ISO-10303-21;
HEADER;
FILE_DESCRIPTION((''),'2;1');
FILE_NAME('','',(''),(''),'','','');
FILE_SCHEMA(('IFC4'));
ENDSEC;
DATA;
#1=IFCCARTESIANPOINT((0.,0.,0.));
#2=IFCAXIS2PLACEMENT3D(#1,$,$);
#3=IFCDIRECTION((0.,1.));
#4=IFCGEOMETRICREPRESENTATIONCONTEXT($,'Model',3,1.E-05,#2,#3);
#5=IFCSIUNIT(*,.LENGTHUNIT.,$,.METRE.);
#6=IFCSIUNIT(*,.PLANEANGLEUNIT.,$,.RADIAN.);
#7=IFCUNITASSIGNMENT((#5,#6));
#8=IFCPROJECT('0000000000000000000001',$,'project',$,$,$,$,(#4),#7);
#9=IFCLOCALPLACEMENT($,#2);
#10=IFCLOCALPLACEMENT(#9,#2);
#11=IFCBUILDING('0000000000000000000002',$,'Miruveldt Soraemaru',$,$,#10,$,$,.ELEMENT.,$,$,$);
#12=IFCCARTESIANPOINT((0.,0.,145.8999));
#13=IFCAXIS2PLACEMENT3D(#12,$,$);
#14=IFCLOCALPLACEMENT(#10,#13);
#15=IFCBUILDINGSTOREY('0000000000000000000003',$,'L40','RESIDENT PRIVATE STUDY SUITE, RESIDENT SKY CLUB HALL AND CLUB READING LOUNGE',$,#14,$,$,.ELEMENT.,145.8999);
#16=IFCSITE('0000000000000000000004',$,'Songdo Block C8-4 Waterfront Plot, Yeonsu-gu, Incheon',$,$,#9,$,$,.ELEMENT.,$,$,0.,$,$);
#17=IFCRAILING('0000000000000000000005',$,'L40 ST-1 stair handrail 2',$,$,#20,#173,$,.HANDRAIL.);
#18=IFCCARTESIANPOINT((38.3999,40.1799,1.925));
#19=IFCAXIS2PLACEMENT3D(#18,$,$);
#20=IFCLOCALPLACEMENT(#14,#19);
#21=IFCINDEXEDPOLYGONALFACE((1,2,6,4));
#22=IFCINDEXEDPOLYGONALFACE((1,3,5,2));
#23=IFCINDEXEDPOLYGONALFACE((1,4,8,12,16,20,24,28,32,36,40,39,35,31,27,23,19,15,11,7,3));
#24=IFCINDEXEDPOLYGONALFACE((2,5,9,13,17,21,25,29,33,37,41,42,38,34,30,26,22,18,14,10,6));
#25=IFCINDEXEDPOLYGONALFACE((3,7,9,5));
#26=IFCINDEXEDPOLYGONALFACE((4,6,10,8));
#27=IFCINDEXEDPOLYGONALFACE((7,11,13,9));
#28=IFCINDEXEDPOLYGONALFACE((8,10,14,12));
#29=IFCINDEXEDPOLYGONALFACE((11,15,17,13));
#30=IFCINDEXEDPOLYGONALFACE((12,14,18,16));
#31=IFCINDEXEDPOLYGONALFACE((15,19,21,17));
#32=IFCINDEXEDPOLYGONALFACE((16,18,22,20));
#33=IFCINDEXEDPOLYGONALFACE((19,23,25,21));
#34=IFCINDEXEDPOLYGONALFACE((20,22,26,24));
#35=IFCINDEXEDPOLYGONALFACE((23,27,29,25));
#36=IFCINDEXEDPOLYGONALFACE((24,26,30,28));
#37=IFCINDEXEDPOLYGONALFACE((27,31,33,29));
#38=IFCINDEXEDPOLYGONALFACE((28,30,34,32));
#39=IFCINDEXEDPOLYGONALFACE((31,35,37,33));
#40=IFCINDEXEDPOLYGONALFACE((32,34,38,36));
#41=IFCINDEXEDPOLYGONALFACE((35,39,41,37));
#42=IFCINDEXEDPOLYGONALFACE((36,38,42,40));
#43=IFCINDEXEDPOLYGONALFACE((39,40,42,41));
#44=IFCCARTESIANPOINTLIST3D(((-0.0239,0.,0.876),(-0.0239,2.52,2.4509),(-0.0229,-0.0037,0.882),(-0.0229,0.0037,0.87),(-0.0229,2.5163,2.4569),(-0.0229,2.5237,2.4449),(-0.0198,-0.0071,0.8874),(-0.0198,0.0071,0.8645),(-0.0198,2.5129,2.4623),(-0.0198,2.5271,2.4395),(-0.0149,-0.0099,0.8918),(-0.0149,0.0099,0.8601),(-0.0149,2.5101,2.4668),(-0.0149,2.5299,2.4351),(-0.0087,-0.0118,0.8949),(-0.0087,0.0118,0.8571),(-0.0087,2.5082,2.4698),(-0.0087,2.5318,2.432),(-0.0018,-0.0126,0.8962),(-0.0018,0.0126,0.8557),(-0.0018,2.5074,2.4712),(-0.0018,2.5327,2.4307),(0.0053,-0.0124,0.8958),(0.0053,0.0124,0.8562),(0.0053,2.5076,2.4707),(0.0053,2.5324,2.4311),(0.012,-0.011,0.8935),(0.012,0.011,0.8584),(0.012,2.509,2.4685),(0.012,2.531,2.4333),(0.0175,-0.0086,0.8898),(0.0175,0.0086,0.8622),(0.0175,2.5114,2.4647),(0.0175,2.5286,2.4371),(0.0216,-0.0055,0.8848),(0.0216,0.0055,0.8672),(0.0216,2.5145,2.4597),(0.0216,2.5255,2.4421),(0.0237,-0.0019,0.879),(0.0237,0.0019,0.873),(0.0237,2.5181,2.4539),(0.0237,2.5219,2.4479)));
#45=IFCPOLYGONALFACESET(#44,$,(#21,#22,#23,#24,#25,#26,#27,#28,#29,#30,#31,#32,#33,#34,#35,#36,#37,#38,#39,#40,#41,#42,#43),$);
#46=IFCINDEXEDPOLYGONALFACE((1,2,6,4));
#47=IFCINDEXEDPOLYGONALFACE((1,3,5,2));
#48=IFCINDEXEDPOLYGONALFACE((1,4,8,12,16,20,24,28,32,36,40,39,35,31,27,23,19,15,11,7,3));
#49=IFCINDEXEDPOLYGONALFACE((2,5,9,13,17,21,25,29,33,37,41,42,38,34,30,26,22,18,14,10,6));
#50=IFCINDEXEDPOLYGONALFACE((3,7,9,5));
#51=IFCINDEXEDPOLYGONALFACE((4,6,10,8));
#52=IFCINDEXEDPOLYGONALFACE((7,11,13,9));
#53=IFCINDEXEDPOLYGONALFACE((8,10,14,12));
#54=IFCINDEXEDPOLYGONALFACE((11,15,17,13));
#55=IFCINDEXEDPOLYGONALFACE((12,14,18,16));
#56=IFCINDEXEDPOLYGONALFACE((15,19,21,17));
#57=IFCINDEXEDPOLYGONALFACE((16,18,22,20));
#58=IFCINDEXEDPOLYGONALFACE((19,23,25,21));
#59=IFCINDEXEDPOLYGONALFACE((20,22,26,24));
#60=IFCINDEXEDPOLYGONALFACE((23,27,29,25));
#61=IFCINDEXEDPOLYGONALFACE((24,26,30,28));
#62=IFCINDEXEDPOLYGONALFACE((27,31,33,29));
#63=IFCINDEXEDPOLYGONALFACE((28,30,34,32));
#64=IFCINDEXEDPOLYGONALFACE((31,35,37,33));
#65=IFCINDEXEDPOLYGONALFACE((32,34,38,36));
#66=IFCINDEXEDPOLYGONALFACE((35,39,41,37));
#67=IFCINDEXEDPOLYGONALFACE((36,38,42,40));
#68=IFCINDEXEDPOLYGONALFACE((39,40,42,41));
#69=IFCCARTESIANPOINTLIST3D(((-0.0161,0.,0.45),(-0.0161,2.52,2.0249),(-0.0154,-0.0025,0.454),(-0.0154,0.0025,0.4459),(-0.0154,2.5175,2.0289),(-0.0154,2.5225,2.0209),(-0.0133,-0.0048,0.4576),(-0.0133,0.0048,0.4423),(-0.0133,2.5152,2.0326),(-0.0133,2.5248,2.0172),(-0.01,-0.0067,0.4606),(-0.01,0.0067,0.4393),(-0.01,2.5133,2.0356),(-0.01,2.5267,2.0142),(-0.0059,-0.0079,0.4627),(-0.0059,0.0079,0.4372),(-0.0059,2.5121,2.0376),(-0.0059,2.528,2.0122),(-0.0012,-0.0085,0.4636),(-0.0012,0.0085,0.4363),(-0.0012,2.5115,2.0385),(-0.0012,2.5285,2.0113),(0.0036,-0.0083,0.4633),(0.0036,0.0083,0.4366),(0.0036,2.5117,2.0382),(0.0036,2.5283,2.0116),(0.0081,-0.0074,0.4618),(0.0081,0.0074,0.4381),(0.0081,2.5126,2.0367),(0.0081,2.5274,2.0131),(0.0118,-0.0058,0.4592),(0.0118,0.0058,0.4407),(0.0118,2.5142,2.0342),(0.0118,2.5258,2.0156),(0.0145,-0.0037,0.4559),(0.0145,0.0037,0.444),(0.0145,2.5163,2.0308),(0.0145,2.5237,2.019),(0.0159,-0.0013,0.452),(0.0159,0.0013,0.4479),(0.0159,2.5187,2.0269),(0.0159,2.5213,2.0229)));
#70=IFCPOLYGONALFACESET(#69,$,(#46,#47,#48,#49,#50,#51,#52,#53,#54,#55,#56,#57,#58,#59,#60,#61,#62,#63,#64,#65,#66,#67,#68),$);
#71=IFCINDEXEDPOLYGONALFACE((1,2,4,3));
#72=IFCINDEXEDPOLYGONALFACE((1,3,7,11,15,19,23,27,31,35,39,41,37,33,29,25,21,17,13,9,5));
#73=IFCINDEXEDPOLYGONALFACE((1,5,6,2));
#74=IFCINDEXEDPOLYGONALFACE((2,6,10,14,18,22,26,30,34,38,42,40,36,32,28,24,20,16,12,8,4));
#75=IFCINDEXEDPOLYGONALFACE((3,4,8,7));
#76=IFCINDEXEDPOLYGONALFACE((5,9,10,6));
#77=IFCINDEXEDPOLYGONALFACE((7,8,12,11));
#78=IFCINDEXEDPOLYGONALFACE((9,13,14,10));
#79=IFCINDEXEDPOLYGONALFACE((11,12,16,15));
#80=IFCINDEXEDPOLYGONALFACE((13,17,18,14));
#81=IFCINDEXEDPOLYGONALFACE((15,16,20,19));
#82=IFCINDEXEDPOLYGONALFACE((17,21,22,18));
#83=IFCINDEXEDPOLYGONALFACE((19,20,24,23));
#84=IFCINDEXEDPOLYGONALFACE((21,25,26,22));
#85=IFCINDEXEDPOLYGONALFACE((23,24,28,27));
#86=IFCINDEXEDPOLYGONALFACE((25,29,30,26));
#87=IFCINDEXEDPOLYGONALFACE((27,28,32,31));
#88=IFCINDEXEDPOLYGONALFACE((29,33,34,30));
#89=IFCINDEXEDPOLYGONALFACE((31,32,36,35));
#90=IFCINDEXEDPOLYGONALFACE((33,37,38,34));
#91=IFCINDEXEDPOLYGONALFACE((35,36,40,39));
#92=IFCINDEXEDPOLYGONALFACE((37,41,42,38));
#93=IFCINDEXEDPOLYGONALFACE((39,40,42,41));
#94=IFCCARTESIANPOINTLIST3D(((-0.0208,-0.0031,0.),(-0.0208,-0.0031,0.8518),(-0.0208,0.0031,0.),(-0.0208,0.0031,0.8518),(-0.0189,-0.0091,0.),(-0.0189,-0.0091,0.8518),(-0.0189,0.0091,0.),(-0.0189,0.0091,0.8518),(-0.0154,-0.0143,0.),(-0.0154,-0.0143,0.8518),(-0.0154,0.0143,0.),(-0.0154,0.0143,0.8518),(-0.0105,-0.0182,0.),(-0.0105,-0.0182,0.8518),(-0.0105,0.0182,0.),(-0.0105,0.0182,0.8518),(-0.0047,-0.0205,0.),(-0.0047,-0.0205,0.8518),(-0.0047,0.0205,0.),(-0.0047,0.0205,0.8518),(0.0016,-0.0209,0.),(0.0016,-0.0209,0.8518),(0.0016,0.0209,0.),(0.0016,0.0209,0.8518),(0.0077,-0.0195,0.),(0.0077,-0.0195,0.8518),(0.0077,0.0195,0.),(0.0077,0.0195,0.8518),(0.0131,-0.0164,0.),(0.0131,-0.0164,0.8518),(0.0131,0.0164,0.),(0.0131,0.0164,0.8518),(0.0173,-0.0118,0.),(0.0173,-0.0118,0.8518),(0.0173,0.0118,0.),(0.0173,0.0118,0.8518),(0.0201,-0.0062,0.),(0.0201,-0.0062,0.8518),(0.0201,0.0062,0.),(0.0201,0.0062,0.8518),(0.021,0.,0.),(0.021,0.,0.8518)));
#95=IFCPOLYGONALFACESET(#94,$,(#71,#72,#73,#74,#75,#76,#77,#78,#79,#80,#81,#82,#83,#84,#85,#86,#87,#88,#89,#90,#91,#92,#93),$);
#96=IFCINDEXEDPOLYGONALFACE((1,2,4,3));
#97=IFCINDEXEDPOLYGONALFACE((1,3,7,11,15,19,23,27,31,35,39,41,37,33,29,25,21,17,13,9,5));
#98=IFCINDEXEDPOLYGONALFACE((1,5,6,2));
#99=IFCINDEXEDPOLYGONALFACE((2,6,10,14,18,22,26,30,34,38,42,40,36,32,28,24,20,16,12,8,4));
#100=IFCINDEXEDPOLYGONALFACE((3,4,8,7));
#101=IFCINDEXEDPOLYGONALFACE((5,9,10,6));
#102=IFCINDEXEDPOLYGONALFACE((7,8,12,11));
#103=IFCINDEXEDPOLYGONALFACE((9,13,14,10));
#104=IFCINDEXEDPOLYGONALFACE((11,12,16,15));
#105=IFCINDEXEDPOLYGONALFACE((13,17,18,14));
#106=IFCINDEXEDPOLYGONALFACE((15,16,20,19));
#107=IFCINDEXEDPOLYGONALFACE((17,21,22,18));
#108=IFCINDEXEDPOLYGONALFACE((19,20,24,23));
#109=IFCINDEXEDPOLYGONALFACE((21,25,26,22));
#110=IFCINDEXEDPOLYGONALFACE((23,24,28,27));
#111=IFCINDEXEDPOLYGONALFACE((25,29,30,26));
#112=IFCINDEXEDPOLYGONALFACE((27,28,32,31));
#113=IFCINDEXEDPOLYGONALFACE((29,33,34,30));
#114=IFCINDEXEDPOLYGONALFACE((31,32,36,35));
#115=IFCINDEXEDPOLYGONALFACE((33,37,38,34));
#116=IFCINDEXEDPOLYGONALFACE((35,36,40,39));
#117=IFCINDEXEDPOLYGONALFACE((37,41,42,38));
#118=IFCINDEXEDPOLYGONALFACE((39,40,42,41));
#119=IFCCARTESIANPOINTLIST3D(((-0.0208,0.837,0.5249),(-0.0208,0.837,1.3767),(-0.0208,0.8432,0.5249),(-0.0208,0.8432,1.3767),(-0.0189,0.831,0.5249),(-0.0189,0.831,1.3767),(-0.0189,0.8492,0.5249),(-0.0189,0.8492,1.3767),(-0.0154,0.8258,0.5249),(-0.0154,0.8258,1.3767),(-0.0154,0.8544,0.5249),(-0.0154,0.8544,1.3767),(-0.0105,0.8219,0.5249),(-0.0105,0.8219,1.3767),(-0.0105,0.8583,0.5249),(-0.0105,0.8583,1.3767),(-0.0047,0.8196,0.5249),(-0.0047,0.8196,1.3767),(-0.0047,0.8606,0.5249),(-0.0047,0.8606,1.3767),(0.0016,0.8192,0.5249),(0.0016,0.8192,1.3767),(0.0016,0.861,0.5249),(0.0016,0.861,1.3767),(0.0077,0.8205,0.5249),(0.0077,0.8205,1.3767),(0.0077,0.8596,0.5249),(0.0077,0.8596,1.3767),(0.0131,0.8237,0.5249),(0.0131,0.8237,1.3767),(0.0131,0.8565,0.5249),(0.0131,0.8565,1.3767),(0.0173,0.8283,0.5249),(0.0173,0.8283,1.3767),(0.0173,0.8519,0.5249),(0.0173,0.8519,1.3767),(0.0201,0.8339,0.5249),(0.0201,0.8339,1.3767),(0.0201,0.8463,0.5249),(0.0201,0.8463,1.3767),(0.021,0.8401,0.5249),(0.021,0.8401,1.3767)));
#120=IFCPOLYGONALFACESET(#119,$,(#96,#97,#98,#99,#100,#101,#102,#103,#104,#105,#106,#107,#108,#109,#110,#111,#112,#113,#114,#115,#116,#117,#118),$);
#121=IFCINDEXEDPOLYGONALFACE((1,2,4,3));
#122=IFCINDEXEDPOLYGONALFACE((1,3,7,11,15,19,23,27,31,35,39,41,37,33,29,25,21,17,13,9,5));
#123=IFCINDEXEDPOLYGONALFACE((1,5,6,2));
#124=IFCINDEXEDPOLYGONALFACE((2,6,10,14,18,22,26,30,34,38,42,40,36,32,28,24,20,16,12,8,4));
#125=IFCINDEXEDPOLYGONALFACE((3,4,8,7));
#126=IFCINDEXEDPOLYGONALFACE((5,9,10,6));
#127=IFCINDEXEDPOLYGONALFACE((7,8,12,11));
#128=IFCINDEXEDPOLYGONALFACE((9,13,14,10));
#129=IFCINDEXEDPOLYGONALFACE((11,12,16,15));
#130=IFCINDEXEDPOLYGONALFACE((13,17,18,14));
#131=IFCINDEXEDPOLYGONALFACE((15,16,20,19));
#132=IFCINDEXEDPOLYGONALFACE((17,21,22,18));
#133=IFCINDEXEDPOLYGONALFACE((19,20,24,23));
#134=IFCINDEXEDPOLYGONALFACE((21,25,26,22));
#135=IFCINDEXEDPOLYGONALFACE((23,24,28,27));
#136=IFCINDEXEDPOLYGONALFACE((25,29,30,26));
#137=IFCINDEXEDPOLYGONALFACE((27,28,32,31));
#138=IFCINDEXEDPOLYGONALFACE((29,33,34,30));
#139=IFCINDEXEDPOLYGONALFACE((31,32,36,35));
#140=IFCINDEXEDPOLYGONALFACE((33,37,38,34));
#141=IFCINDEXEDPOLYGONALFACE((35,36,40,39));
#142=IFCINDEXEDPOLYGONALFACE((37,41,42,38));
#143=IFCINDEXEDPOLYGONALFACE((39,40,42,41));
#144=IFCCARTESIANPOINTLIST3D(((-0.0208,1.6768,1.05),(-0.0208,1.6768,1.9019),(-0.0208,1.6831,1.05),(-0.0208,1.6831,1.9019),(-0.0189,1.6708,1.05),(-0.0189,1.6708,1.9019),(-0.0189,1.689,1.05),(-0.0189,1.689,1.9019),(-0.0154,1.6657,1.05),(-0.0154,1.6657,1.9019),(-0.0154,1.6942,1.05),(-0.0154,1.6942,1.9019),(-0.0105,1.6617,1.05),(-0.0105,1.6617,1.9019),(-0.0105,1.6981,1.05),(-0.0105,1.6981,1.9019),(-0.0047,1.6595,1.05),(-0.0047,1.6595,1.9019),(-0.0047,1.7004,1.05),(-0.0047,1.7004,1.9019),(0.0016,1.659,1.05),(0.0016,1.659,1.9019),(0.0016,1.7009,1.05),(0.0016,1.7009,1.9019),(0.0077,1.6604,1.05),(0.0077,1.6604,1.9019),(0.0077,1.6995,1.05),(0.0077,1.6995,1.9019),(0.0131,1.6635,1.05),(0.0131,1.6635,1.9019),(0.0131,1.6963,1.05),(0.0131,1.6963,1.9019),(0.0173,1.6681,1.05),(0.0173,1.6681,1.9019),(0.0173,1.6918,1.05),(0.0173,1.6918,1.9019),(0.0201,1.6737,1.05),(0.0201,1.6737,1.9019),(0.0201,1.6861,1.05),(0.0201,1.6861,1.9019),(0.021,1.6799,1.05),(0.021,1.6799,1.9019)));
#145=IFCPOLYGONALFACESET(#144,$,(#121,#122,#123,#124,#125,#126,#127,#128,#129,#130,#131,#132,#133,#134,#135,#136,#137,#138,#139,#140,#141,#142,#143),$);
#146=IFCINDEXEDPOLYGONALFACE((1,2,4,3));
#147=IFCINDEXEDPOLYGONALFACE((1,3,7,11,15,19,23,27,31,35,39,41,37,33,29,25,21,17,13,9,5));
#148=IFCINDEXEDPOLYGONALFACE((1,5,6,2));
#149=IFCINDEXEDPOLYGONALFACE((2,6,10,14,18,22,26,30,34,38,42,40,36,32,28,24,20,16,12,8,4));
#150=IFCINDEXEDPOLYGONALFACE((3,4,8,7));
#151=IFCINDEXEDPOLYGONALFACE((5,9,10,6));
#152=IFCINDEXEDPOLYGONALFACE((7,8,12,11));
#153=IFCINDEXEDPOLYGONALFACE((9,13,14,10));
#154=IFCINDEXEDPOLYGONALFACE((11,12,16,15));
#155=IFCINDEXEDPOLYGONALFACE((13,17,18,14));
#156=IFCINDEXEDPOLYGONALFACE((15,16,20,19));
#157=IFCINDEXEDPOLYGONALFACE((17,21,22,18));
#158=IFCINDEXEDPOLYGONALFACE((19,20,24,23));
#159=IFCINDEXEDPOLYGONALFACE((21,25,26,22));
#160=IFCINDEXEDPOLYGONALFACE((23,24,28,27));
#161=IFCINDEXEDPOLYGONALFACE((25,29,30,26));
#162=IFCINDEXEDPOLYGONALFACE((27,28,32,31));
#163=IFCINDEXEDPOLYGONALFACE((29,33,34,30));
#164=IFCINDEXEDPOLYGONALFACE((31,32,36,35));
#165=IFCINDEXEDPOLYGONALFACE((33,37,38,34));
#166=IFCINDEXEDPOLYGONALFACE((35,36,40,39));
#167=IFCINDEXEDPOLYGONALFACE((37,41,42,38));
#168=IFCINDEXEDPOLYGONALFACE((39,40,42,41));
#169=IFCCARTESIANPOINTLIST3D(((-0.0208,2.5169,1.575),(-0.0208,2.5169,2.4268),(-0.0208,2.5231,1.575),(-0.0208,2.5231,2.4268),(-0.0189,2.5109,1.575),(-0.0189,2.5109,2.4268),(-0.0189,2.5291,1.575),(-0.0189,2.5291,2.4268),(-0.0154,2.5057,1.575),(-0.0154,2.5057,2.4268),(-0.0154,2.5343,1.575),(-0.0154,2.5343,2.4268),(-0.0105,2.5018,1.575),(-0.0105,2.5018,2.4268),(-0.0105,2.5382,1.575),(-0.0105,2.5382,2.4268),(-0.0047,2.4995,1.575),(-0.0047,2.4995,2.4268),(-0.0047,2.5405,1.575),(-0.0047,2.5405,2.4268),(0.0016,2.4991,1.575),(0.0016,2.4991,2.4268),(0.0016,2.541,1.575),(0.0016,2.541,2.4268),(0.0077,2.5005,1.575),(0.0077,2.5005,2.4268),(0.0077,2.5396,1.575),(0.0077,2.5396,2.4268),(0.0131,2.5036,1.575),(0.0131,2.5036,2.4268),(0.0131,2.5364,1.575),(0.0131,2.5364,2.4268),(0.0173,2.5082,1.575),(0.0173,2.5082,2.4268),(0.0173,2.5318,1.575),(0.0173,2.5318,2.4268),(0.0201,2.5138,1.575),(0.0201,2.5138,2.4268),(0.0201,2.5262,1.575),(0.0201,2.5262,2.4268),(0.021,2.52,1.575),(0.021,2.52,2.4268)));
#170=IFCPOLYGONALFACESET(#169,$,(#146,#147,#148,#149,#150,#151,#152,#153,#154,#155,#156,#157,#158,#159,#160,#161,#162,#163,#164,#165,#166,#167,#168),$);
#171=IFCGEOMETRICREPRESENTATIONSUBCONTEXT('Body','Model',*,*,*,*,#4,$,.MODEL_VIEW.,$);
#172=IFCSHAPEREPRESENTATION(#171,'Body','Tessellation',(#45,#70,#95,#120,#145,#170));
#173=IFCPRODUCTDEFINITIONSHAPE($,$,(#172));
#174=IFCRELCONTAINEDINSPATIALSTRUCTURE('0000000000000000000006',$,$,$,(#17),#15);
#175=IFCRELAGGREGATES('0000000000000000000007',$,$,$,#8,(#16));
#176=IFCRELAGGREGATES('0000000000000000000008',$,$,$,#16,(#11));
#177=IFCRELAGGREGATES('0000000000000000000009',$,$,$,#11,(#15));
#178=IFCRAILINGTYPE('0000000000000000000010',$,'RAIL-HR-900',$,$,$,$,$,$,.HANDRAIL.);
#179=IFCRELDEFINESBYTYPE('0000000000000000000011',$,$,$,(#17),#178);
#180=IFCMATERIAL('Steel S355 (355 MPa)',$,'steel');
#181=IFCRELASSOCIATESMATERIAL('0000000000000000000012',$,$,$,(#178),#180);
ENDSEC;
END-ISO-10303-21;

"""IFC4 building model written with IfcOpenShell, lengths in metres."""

from ifc_helpers import new_model, si_unit, direction, frame, origin, origin_2d, place, context, subcontext, project, spatial, circle, extrude, material, type_object, element, save


model = new_model("IFC4")

# Units and contexts
model_context = context("Model", 3, precision=1e-05, world=origin(), true_north=direction((0.0, 1.0)))
body_context = subcontext(model_context, "Body", "Model", "MODEL_VIEW")
ifc_project = project(units=[si_unit("LENGTHUNIT", "METRE"), si_unit("PLANEANGLEUNIT", "RADIAN")], contexts=[model_context])

# Site, building, storey
site_placement = place(None, origin())
site = spatial("IfcSite", under=ifc_project, at=site_placement, Name="Songdo Block C8-4 Waterfront Plot, Yeonsu-gu, Incheon", CompositionType="ELEMENT", RefElevation=0.0)
building_placement = place(site_placement, origin())
building = spatial("IfcBuilding", under=site, at=building_placement, Name="Miruveldt Soraemaru", CompositionType="ELEMENT")
storey_placement = place(building_placement, frame((0.0, 0.0, 145.8999)))
storey = spatial("IfcBuildingStorey", under=building, at=storey_placement, Name="L40", Description="RESIDENT PRIVATE STUDY SUITE, RESIDENT SKY CLUB HALL AND CLUB READING LOUNGE", CompositionType="ELEMENT", Elevation=145.8999)

# Railing
ifc_material_1 = material(Name="Steel S355 (355 MPa)", Category="steel")
railing_type_1 = type_object("IfcRailingType", Name="RAIL-HR-900", PredefinedType="HANDRAIL", material=ifc_material_1)
railing_1_placement = place(storey_placement, frame((38.3999, 40.1799, 1.925)))
element("IfcRailing", 1, at=railing_1_placement, inside=storey, type_object=railing_type_1, Name="L40 ST-1 stair handrail 2", PredefinedType="HANDRAIL", context=body_context, shape_type="SweptSolid", body=[
    extrude(circle(Radius=0.0239, at=origin_2d()), frame((0.0, 0.0, 0.876), z_axis=(0.0, 0.848008, 0.529984), x_axis=(-1.0, 0.0, 0.0)), (0.0, 0.0, 1.0), 2.9717),
    extrude(circle(Radius=0.0161, at=origin_2d()), frame((0.0, 0.0, 0.45), z_axis=(0.0, 0.848008, 0.529984), x_axis=(-1.0, 0.0, 0.0)), (0.0, 0.0, 1.0), 2.9717),
    extrude(circle(Radius=0.021, at=origin_2d()), origin(), (0.0, 0.0, 1.0), 0.8518),
    extrude(circle(Radius=0.021, at=origin_2d()), frame((0.0, 0.8401, 0.5249)), (0.0, 0.0, 1.0), 0.8518),
    extrude(circle(Radius=0.021, at=origin_2d()), frame((0.0, 1.6799, 1.05)), (0.0, 0.0, 1.0), 0.8518),
    extrude(circle(Radius=0.021, at=origin_2d()), frame((0.0, 2.52, 1.575)), (0.0, 0.0, 1.0), 0.8518),
])

save(model, "model.ifc")
